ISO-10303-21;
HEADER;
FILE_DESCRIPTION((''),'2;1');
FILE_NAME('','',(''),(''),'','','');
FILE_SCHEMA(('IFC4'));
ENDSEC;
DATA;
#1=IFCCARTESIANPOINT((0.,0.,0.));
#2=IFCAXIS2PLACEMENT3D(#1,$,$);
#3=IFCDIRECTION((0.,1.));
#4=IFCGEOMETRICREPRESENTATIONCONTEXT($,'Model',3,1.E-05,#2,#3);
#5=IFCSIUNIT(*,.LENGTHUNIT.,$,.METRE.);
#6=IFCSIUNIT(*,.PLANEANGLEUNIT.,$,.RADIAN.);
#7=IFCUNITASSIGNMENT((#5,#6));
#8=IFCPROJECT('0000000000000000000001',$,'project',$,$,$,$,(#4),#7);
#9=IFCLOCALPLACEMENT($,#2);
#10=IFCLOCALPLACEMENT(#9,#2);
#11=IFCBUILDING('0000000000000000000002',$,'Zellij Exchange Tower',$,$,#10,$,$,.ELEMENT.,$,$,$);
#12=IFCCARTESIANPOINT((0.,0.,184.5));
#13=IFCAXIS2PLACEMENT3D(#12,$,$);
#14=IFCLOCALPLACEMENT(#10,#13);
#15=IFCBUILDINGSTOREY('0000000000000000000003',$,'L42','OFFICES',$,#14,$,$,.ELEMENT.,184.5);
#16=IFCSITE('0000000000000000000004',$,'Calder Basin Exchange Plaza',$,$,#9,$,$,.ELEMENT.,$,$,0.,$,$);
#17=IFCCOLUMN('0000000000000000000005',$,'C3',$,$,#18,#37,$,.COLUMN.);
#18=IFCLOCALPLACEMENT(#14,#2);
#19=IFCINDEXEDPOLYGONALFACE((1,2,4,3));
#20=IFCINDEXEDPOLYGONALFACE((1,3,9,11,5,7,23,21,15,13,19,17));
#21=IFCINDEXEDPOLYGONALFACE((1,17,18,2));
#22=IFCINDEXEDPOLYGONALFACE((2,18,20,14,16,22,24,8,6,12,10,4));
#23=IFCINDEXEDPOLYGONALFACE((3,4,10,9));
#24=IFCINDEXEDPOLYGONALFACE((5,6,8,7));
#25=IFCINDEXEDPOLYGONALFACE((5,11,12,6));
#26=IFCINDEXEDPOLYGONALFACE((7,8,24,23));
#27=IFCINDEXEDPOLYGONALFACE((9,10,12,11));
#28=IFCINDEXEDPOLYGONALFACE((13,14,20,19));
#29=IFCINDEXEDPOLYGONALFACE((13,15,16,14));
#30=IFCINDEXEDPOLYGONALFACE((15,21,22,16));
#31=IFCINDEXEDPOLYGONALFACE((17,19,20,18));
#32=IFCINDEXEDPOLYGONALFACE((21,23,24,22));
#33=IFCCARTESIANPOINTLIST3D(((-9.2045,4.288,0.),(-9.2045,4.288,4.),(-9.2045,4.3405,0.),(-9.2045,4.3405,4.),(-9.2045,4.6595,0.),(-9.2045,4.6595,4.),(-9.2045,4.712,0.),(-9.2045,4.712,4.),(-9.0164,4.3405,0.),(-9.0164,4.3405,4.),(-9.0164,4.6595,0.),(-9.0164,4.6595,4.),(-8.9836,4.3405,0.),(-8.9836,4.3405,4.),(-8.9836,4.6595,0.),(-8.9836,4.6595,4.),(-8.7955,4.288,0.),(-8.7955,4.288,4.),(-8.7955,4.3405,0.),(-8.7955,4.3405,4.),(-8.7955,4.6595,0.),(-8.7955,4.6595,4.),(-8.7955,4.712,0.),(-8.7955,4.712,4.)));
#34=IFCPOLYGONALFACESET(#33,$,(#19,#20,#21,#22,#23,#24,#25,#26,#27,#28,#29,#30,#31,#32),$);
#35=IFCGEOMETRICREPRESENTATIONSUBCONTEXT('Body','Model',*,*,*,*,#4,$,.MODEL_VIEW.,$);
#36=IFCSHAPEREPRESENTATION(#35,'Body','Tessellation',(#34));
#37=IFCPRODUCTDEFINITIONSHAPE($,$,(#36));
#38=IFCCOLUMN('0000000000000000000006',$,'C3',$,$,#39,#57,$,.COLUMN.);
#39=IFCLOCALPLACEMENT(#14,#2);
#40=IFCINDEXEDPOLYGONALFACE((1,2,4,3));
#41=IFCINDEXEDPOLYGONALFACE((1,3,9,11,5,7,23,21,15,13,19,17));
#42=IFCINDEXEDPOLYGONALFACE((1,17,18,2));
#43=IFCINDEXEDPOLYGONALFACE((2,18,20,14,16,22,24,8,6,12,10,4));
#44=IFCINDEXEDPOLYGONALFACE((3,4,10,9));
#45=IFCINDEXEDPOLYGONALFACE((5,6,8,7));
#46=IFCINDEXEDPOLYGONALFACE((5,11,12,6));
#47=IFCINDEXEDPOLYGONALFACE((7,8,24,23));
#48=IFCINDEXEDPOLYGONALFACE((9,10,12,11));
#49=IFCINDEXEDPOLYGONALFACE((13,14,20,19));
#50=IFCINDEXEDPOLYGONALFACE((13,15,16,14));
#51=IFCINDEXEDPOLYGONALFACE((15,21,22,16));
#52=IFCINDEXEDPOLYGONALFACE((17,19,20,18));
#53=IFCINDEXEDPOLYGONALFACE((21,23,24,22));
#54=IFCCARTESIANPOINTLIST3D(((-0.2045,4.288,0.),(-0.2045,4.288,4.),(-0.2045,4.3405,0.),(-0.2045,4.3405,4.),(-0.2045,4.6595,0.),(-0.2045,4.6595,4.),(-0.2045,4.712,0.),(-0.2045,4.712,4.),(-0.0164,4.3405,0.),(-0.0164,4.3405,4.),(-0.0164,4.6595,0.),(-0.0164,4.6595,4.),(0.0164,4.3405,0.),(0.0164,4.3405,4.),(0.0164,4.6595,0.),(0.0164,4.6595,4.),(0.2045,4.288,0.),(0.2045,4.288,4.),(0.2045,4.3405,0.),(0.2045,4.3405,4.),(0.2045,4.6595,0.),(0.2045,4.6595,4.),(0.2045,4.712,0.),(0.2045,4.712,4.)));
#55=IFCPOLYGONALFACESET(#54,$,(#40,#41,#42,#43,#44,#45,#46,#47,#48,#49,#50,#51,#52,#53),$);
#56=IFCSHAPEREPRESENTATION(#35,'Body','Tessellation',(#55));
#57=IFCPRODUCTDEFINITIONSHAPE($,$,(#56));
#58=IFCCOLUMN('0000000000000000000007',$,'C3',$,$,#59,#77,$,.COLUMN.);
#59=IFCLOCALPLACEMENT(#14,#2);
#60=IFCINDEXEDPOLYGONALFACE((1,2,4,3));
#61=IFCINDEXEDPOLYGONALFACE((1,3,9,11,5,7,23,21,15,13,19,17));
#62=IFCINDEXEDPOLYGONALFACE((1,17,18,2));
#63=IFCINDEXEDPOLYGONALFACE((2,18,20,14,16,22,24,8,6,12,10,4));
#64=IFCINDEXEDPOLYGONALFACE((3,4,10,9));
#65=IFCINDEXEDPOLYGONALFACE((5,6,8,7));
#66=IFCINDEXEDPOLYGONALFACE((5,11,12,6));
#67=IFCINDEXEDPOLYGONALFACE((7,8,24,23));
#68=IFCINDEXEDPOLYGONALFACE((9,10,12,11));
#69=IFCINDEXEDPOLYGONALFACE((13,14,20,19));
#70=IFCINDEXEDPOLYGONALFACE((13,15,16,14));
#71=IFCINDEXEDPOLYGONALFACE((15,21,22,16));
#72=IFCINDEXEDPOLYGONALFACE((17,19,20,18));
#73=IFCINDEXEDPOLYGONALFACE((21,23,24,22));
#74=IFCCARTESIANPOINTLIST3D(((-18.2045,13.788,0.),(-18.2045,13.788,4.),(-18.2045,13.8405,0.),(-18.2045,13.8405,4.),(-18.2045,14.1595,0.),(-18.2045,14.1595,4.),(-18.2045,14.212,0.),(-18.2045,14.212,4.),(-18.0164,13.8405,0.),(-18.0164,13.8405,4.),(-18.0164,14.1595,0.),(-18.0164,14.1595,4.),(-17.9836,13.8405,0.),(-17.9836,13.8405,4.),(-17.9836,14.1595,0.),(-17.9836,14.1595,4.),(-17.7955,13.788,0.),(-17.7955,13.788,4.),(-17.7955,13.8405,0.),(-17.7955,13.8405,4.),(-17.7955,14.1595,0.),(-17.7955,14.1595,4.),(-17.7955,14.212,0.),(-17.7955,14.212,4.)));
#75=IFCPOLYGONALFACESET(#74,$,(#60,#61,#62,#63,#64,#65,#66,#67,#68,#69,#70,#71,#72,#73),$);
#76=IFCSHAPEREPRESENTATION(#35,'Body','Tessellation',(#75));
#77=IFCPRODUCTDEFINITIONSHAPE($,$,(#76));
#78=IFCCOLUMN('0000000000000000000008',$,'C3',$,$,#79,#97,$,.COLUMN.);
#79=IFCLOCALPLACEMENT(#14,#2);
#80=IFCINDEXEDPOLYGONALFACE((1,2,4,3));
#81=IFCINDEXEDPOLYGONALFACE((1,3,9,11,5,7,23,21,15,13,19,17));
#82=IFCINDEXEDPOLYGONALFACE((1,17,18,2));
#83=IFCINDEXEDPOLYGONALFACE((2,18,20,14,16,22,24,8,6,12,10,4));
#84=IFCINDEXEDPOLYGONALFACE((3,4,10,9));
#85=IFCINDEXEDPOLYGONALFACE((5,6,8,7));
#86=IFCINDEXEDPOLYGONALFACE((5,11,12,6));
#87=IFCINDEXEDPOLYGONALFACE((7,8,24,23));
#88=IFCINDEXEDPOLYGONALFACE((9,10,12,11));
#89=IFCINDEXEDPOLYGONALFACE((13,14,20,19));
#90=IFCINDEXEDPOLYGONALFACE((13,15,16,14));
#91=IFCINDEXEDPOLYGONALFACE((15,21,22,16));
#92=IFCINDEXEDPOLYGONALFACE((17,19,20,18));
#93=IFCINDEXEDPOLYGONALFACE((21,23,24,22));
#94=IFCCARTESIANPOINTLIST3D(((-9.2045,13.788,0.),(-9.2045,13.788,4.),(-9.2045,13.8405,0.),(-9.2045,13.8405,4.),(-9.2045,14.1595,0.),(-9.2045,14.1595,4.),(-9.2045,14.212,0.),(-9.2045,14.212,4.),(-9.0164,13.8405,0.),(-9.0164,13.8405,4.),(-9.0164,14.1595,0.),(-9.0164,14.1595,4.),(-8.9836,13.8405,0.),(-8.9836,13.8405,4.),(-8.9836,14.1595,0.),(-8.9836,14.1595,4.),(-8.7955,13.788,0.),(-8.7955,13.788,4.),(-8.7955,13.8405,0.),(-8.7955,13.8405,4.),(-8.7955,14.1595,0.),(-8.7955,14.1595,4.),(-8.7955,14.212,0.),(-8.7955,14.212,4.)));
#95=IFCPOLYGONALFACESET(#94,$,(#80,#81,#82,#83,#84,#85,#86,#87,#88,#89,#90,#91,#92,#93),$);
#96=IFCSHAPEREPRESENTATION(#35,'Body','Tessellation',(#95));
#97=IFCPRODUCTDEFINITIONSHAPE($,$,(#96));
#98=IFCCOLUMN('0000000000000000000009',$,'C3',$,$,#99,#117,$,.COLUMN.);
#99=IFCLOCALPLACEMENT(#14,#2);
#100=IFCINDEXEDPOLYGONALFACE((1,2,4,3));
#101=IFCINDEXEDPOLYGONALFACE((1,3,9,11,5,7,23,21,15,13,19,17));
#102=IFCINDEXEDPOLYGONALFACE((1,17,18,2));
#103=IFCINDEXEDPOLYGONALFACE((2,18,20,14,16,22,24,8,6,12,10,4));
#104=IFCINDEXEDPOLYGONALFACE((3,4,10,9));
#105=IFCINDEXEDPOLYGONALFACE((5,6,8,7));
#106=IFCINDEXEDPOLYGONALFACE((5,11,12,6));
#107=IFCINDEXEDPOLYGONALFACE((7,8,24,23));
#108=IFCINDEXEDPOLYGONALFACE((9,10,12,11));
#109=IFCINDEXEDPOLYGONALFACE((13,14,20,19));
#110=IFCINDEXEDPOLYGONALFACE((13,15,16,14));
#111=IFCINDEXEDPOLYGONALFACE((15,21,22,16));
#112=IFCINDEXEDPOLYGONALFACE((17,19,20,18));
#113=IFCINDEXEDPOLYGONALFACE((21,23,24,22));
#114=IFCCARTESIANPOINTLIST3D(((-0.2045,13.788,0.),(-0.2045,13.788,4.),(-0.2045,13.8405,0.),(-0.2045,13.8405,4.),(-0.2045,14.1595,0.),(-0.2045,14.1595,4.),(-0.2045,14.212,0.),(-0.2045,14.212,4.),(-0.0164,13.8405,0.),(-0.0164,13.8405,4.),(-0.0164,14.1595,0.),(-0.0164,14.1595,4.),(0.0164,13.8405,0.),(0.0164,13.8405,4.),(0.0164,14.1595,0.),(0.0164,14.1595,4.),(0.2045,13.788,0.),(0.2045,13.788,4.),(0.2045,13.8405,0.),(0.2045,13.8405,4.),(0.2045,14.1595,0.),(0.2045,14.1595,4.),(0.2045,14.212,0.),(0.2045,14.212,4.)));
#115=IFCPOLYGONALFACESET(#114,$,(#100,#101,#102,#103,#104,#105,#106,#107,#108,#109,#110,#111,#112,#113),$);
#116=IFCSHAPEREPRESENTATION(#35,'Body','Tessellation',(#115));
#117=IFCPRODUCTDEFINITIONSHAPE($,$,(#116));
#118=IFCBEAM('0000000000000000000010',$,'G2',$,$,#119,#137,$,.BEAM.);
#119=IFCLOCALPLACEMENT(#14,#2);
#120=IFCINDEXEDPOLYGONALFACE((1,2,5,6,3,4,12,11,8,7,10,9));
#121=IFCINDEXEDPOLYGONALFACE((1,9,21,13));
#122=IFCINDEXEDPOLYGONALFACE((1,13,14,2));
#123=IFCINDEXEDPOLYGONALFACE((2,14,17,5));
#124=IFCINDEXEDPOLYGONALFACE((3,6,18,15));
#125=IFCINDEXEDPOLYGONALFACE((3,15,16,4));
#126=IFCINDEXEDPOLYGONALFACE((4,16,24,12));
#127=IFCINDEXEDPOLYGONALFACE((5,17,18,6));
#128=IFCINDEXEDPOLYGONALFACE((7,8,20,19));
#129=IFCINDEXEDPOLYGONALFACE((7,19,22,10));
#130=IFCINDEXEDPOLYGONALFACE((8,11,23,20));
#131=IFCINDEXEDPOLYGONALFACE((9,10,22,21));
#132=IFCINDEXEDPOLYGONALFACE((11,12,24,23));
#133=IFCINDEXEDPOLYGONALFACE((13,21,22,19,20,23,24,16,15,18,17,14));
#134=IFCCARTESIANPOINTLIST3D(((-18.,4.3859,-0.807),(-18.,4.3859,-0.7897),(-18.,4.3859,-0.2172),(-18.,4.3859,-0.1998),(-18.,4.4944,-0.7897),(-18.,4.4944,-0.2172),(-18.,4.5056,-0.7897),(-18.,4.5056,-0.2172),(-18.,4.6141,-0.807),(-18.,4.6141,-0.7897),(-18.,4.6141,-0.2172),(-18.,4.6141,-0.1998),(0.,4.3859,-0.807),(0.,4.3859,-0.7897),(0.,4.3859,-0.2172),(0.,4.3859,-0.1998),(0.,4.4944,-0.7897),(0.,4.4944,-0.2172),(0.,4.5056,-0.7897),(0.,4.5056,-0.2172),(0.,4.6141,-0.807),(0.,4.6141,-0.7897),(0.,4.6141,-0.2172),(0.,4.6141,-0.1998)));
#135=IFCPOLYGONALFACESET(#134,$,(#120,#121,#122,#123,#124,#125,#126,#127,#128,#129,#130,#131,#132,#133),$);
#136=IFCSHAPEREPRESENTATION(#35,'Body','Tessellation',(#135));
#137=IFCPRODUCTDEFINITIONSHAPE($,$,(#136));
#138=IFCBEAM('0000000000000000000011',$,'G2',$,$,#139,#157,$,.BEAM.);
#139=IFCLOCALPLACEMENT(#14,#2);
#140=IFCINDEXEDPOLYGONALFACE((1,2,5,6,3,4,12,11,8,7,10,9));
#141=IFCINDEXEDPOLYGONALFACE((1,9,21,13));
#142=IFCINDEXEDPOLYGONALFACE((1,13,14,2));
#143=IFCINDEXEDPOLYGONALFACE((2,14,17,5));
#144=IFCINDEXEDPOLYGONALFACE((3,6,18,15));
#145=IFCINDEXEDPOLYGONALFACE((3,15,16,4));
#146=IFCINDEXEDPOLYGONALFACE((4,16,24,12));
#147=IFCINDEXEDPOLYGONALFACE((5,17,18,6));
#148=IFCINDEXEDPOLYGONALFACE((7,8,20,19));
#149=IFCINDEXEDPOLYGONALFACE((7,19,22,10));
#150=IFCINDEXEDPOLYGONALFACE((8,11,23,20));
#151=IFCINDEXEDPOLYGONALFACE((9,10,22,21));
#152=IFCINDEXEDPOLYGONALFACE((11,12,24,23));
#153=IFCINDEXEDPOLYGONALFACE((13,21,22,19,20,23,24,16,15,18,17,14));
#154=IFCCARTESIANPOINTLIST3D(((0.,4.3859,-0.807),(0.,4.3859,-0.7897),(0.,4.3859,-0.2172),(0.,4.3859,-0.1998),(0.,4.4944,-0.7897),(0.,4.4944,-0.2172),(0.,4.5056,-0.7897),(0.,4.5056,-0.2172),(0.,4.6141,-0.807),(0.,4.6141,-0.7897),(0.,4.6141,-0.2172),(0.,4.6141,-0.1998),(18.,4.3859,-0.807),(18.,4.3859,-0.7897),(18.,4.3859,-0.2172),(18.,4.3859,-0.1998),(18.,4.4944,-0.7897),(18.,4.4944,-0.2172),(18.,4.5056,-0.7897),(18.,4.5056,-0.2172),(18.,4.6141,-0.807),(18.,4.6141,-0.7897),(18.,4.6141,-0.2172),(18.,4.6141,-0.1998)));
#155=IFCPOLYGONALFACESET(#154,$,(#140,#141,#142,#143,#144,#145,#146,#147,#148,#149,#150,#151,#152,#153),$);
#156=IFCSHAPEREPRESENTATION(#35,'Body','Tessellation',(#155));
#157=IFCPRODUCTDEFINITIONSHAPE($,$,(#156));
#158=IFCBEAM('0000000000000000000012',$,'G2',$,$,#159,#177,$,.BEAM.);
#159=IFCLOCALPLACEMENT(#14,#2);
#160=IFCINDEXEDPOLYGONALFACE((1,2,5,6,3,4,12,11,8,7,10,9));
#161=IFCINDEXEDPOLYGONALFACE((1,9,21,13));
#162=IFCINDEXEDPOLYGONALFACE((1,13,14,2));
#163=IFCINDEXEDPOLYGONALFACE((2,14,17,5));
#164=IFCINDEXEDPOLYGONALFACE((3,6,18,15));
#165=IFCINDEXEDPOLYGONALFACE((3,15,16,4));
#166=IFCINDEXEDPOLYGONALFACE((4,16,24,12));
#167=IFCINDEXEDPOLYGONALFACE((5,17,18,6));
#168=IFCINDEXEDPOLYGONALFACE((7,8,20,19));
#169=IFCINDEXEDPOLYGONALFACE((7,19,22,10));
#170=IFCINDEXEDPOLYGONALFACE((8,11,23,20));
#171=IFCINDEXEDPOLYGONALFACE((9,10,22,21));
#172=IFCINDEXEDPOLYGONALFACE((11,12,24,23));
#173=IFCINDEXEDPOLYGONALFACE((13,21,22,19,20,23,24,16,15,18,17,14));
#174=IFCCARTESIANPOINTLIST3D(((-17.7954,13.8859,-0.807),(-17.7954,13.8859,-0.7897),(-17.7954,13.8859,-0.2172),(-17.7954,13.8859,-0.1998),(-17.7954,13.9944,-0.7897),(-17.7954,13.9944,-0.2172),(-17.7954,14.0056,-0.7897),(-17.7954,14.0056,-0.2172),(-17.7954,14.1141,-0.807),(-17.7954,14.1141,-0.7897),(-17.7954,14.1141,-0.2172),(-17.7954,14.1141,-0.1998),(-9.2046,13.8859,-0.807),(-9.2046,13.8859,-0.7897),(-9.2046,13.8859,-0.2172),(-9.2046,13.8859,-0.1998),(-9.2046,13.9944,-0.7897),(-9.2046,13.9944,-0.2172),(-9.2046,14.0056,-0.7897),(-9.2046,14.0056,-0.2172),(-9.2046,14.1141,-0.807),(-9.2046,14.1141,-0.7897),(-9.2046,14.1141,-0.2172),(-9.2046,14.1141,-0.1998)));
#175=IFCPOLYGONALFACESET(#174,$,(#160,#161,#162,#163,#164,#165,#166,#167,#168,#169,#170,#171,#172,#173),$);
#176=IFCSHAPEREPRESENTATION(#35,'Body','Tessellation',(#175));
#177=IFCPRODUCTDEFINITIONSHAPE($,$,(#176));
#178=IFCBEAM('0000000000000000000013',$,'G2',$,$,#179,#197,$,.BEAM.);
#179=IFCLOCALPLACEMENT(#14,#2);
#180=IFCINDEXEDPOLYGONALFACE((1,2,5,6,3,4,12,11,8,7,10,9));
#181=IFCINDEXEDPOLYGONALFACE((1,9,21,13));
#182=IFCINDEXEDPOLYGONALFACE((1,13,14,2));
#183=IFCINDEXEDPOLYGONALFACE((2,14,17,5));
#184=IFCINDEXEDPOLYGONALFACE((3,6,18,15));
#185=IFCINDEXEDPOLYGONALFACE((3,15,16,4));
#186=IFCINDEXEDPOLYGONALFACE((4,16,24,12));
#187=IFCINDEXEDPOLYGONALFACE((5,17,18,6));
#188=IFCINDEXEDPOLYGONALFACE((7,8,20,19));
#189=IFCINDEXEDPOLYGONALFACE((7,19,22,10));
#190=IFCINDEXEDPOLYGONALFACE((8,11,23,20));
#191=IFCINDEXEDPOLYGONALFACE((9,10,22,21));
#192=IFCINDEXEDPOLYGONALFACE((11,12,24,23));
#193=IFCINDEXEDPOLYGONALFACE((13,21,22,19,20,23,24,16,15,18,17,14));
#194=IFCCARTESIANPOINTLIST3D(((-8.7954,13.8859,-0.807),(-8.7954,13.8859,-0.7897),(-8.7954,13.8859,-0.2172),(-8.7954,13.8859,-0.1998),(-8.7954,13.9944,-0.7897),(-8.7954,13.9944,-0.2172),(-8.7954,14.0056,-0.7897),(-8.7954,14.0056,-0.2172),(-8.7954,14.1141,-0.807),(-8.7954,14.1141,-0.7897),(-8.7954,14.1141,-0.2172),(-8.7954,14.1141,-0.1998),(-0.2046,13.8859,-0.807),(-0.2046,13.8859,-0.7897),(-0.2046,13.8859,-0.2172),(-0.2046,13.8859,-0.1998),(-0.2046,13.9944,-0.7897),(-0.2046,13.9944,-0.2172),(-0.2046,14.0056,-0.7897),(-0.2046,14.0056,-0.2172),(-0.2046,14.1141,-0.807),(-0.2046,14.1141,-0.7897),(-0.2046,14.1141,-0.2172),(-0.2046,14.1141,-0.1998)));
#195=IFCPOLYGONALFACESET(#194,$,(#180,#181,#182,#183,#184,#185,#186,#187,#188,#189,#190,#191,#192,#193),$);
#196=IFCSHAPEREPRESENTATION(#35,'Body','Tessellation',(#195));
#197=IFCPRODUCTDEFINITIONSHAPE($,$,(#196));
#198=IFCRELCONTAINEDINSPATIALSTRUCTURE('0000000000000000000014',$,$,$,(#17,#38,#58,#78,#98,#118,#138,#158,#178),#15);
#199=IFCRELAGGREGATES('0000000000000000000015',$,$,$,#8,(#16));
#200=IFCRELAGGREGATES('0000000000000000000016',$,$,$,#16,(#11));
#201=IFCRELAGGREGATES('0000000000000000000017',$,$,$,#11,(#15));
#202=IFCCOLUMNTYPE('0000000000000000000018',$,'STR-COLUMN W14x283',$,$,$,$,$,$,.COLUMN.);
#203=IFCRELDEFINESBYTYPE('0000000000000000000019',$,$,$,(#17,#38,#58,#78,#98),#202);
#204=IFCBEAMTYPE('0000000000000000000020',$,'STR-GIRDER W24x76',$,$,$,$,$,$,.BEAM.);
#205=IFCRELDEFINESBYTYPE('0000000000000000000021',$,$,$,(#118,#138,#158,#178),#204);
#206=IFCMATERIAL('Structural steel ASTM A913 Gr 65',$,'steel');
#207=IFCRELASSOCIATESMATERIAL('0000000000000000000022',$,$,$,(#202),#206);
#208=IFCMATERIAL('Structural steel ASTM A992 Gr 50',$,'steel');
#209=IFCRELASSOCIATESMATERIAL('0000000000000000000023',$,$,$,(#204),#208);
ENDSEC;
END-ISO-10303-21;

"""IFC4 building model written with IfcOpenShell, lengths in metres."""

from ifc_helpers import new_model, si_unit, direction, frame, origin, origin_2d, place, context, subcontext, project, spatial, i_section, extrude, material, material_profile, profile_set, type_object, element, save


model = new_model("IFC4")

# Units and contexts
model_context = context("Model", 3, precision=1e-05, world=origin(), true_north=direction((0.0, 1.0)))
body_context = subcontext(model_context, "Body", "Model", "MODEL_VIEW")
ifc_project = project(units=[si_unit("LENGTHUNIT", "METRE"), si_unit("PLANEANGLEUNIT", "RADIAN")], contexts=[model_context])

# Site, building, storey
site_placement = place(None, origin())
site = spatial("IfcSite", under=ifc_project, at=site_placement, Name="Calder Basin Exchange Plaza", CompositionType="ELEMENT", RefElevation=0.0)
building_placement = place(site_placement, origin())
building = spatial("IfcBuilding", under=site, at=building_placement, Name="Zellij Exchange Tower", CompositionType="ELEMENT")
storey_placement = place(building_placement, frame((0.0, 0.0, 184.5)))
storey = spatial("IfcBuildingStorey", under=building, at=storey_placement, Name="L42", Description="OFFICES", CompositionType="ELEMENT", Elevation=184.5)

# Columns
ifc_material_1 = material(Name="Structural steel ASTM A913 Gr 65", Category="steel")
ifc_material_profile_1 = material_profile(ifc_material_1, i_section(OverallWidth=0.4089, OverallDepth=0.4241, WebThickness=0.0327, FlangeThickness=0.0525, at=origin_2d()), Name="W14x283")
ifc_profile_set_1 = profile_set([ifc_material_profile_1], Name="Structural steel ASTM A913 Gr 65")
column_type = type_object("IfcColumnType", Name="STR-COLUMN W14x283", PredefinedType="COLUMN", material=ifc_profile_set_1)
for number, where, z_axis, x_axis, name in (
    (1, (-9.0, 4.5, 0.0), (0.0, 0.0, 1.0), (1.0, 0.0, 0.0), "C3"),
    (2, (0.0, 4.5, 0.0), (0.0, 0.0, 1.0), (1.0, 0.0, 0.0), "C3"),
    (3, (-18.0, 14.0, 0.0), (0.0, 0.0, 1.0), (1.0, 0.0, 0.0), "C3"),
    (4, (-9.0, 14.0, 0.0), (0.0, 0.0, 1.0), (1.0, 0.0, 0.0), "C3"),
    (5, (0.0, 14.0, 0.0), (0.0, 0.0, 1.0), (1.0, 0.0, 0.0), "C3"),
):
    element("IfcColumn", number, at=place(storey_placement, frame(where, z_axis=z_axis, x_axis=x_axis)), inside=storey, type_object=column_type, Name=name, PredefinedType="COLUMN", context=body_context, shape_type="SweptSolid", body=[
        extrude(i_section(OverallWidth=0.4089, OverallDepth=0.4241, WebThickness=0.0327, FlangeThickness=0.0525, at=origin_2d()), origin(), (0.0, 0.0, 1.0), 4.0),
    ])

# Beams
ifc_material_2 = material(Name="Structural steel ASTM A992 Gr 50", Category="steel")
ifc_material_profile_2 = material_profile(ifc_material_2, i_section(OverallWidth=0.2283, OverallDepth=0.6072, WebThickness=0.0112, FlangeThickness=0.0173, at=origin_2d()), Name="W24x76")
ifc_profile_set_2 = profile_set([ifc_material_profile_2], Name="Structural steel ASTM A992 Gr 50")
beam_type = type_object("IfcBeamType", Name="STR-GIRDER W24x76", PredefinedType="BEAM", material=ifc_profile_set_2)
for number, where, z_axis, x_axis, name in (
    (6, (-18.0, 4.5, -0.5034), (1.0, 0.0, 0.0), (0.0, 1.0, 0.0), "G2"),
    (7, (0.0, 4.5, -0.5034), (1.0, 0.0, 0.0), (0.0, 1.0, 0.0), "G2"),
):
    element("IfcBeam", number, at=place(storey_placement, frame(where, z_axis=z_axis, x_axis=x_axis)), inside=storey, type_object=beam_type, Name=name, PredefinedType="BEAM", context=body_context, shape_type="SweptSolid", body=[
        extrude(i_section(OverallWidth=0.2283, OverallDepth=0.6072, WebThickness=0.0112, FlangeThickness=0.0173, at=origin_2d()), origin(), (0.0, 0.0, 1.0), 18.0),
    ])
for number, where, z_axis, x_axis, name in (
    (8, (-17.7954, 14.0, -0.5034), (1.0, 0.0, 0.0), (0.0, 1.0, 0.0), "G2"),
    (9, (-8.7954, 14.0, -0.5034), (1.0, 0.0, 0.0), (0.0, 1.0, 0.0), "G2"),
):
    element("IfcBeam", number, at=place(storey_placement, frame(where, z_axis=z_axis, x_axis=x_axis)), inside=storey, type_object=beam_type, Name=name, PredefinedType="BEAM", context=body_context, shape_type="SweptSolid", body=[
        extrude(i_section(OverallWidth=0.2283, OverallDepth=0.6072, WebThickness=0.0112, FlangeThickness=0.0173, at=origin_2d()), origin(), (0.0, 0.0, 1.0), 8.5908),
    ])

save(model, "model.ifc")
